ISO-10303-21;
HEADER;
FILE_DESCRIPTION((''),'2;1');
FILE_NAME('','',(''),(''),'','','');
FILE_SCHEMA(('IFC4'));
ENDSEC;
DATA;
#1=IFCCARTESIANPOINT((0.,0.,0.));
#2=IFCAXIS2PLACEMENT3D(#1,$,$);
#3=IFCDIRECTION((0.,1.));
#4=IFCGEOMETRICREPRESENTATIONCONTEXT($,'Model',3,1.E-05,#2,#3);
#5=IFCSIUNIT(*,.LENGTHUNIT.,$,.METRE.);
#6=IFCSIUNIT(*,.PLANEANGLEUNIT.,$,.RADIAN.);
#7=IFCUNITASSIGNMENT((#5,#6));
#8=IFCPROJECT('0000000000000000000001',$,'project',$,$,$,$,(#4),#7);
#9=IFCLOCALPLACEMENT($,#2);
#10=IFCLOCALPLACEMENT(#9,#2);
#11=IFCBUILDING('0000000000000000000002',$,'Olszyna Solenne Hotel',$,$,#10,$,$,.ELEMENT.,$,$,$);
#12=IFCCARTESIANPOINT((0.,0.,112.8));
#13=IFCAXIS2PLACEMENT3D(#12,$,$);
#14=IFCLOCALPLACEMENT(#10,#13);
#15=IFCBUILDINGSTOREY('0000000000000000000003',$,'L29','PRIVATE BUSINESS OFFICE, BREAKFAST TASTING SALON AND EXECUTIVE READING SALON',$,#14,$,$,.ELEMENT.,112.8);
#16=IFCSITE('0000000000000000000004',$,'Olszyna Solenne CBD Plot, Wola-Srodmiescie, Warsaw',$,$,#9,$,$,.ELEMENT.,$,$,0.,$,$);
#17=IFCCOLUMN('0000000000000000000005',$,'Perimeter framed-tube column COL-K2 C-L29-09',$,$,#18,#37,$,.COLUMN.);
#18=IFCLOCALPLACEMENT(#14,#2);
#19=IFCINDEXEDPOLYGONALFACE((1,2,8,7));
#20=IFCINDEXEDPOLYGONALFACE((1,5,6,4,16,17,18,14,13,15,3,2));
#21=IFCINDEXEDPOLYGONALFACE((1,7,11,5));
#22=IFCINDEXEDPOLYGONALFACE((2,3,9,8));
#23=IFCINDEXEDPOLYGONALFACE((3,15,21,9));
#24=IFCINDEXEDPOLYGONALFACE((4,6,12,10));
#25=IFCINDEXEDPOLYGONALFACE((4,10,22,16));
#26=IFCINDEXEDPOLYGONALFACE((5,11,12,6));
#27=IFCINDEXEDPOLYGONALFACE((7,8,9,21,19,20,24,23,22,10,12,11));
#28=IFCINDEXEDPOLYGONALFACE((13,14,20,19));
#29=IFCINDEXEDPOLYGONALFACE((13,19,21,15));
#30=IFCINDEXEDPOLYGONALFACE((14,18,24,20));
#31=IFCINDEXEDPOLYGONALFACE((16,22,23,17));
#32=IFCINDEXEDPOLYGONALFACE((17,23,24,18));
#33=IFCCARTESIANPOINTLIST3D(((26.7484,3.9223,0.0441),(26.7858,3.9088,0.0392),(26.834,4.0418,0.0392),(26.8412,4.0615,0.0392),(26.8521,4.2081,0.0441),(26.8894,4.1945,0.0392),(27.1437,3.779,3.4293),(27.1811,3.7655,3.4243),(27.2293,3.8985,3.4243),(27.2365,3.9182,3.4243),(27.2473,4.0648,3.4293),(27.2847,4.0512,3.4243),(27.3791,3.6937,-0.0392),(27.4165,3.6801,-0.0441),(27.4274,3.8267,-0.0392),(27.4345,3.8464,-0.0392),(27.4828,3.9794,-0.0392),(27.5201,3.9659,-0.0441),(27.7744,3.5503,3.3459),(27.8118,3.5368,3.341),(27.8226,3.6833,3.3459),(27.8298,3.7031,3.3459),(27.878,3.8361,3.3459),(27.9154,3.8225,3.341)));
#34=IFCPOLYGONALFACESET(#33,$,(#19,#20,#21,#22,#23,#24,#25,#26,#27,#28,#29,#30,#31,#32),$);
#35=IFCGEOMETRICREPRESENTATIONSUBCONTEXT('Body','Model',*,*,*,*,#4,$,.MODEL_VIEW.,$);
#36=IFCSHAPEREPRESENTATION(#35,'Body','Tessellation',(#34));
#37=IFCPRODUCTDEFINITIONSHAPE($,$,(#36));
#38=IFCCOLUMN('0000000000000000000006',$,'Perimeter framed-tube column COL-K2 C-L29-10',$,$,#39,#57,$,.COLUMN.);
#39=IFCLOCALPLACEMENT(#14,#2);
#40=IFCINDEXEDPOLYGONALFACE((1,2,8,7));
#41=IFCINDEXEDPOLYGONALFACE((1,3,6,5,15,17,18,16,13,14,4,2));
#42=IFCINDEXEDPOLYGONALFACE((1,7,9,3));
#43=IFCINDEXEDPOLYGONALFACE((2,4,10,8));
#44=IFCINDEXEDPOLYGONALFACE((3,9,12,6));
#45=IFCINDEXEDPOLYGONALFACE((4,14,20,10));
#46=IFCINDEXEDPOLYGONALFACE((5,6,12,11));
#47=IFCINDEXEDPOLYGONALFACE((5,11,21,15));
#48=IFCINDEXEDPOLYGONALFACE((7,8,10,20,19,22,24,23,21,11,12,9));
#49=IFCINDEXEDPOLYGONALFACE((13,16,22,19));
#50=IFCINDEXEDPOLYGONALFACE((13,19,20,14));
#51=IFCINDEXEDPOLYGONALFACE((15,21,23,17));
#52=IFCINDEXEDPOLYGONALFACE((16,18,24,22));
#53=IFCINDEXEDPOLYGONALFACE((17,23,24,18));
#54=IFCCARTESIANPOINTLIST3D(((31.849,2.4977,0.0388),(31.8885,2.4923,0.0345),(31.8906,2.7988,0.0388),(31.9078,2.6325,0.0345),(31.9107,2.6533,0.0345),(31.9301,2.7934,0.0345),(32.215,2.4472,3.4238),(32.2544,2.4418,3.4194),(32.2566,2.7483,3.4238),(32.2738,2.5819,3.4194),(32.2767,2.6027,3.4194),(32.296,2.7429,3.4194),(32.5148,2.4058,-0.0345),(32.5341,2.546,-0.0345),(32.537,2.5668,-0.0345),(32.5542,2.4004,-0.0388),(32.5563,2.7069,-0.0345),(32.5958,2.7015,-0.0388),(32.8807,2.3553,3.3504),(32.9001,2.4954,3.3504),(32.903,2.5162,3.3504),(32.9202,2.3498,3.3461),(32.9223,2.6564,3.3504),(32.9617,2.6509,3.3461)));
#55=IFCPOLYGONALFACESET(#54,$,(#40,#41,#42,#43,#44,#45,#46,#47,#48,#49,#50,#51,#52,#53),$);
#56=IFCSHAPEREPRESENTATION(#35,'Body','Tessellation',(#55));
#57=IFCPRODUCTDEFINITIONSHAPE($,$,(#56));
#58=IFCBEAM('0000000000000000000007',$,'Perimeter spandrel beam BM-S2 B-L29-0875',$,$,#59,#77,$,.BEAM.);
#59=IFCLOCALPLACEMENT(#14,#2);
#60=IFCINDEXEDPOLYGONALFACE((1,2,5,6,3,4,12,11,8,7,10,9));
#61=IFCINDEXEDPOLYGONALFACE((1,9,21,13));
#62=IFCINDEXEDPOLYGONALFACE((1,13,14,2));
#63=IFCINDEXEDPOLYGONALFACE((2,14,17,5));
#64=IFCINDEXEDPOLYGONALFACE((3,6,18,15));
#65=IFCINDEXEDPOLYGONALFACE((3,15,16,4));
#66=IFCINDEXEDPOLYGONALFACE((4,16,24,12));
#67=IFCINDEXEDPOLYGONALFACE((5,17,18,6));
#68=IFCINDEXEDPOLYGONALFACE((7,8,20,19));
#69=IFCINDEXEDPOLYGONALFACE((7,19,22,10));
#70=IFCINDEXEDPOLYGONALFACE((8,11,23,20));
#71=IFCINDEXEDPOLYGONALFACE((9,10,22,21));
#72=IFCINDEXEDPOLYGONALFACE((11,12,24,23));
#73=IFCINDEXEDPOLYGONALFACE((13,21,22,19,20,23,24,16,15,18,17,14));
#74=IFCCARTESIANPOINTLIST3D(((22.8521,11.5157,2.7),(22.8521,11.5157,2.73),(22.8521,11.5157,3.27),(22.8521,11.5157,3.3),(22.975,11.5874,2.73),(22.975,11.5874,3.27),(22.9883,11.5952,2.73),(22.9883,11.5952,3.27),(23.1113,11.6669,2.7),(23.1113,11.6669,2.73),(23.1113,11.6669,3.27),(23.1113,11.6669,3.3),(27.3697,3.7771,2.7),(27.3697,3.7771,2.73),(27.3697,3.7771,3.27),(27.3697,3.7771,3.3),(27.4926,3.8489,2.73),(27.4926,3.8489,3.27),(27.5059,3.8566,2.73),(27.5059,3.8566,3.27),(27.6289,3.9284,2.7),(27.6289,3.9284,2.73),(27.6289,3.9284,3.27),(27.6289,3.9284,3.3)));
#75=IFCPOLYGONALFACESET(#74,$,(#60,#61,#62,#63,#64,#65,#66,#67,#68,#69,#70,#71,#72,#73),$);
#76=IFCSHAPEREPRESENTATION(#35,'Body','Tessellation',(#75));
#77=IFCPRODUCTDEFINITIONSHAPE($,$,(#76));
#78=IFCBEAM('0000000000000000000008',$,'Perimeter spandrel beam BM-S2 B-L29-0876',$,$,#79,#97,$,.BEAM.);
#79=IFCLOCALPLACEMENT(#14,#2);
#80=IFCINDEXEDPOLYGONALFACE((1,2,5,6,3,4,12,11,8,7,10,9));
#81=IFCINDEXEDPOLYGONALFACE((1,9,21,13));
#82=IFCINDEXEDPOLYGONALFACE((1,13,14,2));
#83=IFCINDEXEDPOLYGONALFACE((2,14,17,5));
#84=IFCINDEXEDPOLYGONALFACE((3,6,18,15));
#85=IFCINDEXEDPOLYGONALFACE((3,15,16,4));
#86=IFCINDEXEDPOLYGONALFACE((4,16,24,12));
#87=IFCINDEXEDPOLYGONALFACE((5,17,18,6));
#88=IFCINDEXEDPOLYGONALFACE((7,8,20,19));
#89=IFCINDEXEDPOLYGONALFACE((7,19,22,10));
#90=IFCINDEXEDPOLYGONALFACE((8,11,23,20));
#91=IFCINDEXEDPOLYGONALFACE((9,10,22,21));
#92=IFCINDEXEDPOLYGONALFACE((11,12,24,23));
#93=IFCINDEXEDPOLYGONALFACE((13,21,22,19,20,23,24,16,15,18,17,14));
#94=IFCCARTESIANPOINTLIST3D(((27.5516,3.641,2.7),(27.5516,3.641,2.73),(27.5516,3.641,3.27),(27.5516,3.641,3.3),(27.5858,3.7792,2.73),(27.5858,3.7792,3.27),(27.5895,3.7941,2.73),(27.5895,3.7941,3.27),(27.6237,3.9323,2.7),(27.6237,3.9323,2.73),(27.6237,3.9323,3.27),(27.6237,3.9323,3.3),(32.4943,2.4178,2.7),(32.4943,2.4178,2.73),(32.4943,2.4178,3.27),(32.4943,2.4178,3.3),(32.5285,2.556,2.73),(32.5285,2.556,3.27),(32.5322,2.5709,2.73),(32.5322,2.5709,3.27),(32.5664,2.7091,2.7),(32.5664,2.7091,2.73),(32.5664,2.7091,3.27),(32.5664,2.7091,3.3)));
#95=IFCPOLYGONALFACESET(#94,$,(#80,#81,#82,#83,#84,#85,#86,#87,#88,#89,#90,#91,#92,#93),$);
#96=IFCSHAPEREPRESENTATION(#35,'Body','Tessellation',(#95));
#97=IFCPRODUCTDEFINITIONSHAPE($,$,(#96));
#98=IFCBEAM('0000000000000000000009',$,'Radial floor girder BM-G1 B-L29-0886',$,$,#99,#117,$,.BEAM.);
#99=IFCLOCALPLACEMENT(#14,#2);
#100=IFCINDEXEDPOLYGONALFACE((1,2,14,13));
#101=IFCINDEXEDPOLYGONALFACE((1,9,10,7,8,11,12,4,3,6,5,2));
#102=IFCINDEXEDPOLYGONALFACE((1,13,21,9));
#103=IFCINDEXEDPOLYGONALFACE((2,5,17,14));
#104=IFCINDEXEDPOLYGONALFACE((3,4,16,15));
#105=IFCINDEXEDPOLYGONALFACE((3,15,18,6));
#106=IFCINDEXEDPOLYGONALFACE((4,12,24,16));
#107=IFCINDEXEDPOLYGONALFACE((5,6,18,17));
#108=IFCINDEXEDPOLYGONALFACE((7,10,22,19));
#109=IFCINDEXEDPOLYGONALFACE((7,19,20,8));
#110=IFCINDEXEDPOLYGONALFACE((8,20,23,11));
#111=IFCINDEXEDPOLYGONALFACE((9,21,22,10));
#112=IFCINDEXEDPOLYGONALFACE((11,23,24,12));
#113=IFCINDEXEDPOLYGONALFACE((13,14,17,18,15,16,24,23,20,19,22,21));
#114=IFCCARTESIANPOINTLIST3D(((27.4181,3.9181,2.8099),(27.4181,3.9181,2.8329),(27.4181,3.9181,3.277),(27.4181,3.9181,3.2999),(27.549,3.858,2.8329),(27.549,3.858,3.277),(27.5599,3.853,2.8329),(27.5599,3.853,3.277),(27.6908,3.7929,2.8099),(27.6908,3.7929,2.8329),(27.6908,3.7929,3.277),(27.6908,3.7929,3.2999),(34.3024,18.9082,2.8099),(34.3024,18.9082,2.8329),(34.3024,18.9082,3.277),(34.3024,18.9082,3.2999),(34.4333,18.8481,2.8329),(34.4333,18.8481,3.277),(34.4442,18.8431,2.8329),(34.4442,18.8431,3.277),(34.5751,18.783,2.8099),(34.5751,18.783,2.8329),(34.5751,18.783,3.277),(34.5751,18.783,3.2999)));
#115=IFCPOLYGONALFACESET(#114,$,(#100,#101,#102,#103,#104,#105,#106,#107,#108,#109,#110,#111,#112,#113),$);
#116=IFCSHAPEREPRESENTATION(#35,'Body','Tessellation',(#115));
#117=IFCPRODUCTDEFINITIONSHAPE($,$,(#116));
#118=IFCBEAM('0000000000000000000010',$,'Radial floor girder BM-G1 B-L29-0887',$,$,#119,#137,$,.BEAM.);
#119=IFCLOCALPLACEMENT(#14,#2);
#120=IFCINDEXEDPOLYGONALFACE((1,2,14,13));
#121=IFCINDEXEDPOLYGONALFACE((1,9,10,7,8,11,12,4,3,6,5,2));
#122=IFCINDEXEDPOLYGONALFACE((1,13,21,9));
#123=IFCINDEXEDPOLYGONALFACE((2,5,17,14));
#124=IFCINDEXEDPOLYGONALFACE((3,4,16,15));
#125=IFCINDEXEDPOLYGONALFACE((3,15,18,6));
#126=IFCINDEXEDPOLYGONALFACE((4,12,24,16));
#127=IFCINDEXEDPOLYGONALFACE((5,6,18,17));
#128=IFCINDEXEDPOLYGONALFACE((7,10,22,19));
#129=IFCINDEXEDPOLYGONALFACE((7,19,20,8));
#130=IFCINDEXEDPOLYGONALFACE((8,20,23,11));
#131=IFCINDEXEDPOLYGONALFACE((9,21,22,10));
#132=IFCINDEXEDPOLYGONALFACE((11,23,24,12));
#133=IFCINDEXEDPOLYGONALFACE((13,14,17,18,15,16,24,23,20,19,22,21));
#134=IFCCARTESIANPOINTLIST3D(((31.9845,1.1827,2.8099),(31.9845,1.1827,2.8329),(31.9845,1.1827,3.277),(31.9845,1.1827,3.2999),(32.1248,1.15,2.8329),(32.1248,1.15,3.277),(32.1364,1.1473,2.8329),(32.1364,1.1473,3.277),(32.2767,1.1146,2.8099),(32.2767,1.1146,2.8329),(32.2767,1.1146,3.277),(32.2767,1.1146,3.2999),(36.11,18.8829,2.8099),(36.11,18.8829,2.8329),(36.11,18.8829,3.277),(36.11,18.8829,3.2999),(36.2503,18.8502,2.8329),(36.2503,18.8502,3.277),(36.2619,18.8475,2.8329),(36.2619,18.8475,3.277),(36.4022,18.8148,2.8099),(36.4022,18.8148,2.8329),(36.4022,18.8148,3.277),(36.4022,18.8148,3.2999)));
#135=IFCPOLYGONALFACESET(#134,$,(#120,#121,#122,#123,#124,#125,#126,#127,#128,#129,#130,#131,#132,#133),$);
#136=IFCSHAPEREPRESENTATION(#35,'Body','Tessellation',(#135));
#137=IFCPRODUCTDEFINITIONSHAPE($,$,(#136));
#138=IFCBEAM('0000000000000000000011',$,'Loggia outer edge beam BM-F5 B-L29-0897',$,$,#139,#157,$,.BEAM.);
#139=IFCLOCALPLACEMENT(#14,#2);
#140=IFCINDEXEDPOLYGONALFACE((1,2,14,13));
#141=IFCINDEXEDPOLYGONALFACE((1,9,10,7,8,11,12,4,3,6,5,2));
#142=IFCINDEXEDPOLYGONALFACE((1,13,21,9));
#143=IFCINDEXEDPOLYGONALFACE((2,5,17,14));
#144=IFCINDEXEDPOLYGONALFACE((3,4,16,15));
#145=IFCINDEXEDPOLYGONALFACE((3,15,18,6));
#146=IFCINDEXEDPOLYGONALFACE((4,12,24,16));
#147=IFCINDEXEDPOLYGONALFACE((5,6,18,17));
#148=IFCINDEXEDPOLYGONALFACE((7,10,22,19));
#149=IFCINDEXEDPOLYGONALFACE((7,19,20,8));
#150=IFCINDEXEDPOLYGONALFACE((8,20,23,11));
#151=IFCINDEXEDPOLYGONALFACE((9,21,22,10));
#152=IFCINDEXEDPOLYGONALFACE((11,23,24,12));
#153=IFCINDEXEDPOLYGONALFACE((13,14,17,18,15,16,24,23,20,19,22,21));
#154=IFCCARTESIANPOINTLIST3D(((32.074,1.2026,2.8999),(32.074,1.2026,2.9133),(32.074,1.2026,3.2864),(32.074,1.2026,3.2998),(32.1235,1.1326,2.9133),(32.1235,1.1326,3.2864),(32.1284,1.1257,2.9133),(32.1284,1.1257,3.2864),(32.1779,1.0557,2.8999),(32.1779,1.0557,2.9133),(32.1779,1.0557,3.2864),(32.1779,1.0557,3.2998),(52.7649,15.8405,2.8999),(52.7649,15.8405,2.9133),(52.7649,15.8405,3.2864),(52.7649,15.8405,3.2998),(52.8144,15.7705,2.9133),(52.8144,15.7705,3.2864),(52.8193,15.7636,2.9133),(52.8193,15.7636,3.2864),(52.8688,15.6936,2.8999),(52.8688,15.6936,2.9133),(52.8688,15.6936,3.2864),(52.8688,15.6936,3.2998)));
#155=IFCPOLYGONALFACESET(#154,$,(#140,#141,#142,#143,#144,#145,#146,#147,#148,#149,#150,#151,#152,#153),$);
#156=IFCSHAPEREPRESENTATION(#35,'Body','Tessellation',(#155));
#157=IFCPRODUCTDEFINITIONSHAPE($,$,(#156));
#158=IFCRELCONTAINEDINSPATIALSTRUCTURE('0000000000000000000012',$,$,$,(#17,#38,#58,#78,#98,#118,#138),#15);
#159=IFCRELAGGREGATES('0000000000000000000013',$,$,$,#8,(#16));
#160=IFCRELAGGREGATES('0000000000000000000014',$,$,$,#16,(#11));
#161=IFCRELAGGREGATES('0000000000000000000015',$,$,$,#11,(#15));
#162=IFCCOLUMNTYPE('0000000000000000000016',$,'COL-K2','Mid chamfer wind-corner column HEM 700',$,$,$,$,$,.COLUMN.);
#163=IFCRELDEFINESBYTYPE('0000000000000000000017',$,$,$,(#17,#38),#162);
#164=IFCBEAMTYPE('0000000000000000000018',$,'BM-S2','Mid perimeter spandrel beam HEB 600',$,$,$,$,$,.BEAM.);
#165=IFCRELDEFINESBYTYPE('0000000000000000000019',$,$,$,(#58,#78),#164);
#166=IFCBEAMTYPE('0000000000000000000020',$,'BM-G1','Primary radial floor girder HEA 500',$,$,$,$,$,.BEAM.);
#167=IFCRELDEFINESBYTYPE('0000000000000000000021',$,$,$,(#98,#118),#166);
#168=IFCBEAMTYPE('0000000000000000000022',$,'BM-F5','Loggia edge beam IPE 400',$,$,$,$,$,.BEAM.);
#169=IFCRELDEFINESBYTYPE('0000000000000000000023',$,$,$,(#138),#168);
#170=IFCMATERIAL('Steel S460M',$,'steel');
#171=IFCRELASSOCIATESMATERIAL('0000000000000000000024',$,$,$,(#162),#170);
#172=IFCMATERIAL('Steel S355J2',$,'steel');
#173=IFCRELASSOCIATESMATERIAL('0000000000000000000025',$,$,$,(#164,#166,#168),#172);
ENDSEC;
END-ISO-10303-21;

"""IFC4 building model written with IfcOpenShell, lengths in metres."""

from ifc_helpers import new_model, si_unit, direction, frame, origin, origin_2d, place, context, subcontext, project, spatial, i_section, extrude, source, transform, mapped, material, material_profile, profile_set, type_object, element, save


model = new_model("IFC4")

# Units and contexts
model_context = context("Model", 3, precision=1e-05, world=origin(), true_north=direction((0.0, 1.0)))
body_context = subcontext(model_context, "Body", "Model", "MODEL_VIEW")
ifc_project = project(units=[si_unit("LENGTHUNIT", "METRE"), si_unit("PLANEANGLEUNIT", "RADIAN")], contexts=[model_context])

# Site, building, storey
site_placement = place(None, origin())
site = spatial("IfcSite", under=ifc_project, at=site_placement, Name="Olszyna Solenne CBD Plot, Wola-Srodmiescie, Warsaw", CompositionType="ELEMENT", RefElevation=0.0)
building_placement = place(site_placement, origin())
building = spatial("IfcBuilding", under=site, at=building_placement, Name="Olszyna Solenne Hotel", CompositionType="ELEMENT")
storey_placement = place(building_placement, frame((0.0, 0.0, 112.8)))
storey = spatial("IfcBuildingStorey", under=building, at=storey_placement, Name="L29", Description="PRIVATE BUSINESS OFFICE, BREAKFAST TASTING SALON AND EXECUTIVE READING SALON", CompositionType="ELEMENT", Elevation=112.8)

# Columns
ifc_material_1 = material(Name="Steel S460M", Category="steel")
ifc_material_profile_1 = material_profile(ifc_material_1, i_section(OverallWidth=0.304, OverallDepth=0.7161, WebThickness=0.021, FlangeThickness=0.04, at=origin_2d()), Name="HEM 700", Category="load-bearing")
ifc_profile_set_1 = profile_set([ifc_material_profile_1], Name="Steel S460M")
column_type = type_object("IfcColumnType", Name="COL-K2", Description="Mid chamfer wind-corner column HEM 700", PredefinedType="COLUMN", material=ifc_profile_set_1)
shared_shape_1 = source(origin(), body_context, "Body", "SweptSolid", [
    extrude(i_section(OverallWidth=0.304, OverallDepth=0.7161, WebThickness=0.021, FlangeThickness=0.04, at=origin_2d()), origin(), (0.0, 0.0, 1.0), 3.4111),
])
column_1_placement = place(storey_placement, frame((27.1343, 3.9441, 0.0), z_axis=(0.115878, -0.042014, 0.992374), x_axis=(0.340857, 0.940115, 0.0)))
element("IfcColumn", 1, at=column_1_placement, inside=storey, type_object=column_type, Name="Perimeter framed-tube column COL-K2 C-L29-09", PredefinedType="COLUMN", context=body_context, shape_type="MappedRepresentation", body=[
    mapped(shared_shape_1, transform((0.0, 0.0, 0.0), x_axis=(1.0, 0.0, 0.0), y_axis=(0.0, 1.0, 0.0), z_axis=(0.0, 0.0, 1.0), scale=1.0)),
])
shared_shape_2 = source(origin(), body_context, "Body", "SweptSolid", [
    extrude(i_section(OverallWidth=0.304, OverallDepth=0.7161, WebThickness=0.021, FlangeThickness=0.04, at=origin_2d()), origin(), (0.0, 0.0, 1.0), 3.405),
])
column_2_placement = place(storey_placement, frame((32.2224, 2.5996, 0.0), z_axis=(0.107476, -0.014842, 0.994097), x_axis=(0.136794, 0.9906, 0.0)))
element("IfcColumn", 2, at=column_2_placement, inside=storey, type_object=column_type, Name="Perimeter framed-tube column COL-K2 C-L29-10", PredefinedType="COLUMN", context=body_context, shape_type="MappedRepresentation", body=[
    mapped(shared_shape_2, transform((0.0, 0.0, 0.0), x_axis=(1.0, 0.0, 0.0), y_axis=(0.0, 1.0, 0.0), z_axis=(0.0, 0.0, 1.0), scale=1.0)),
])

# Beams
ifc_material_2 = material(Name="Steel S355J2", Category="steel")
ifc_material_profile_2 = material_profile(ifc_material_2, i_section(OverallWidth=0.3, OverallDepth=0.6001, WebThickness=0.0154, FlangeThickness=0.03, at=origin_2d()), Name="HEB 600", Category="load-bearing")
ifc_profile_set_2 = profile_set([ifc_material_profile_2], Name="Steel S355J2")
beam_type_1 = type_object("IfcBeamType", Name="BM-S2", Description="Mid perimeter spandrel beam HEB 600", PredefinedType="BEAM", material=ifc_profile_set_2)
shared_shape_3 = source(origin(), body_context, "Body", "SweptSolid", [
    extrude(i_section(OverallWidth=0.3, OverallDepth=0.6001, WebThickness=0.0154, FlangeThickness=0.03, at=origin_2d()), origin(), (0.0, 0.0, 1.0), 8.9607),
])
beam_1_placement = place(storey_placement, frame((22.9817, 11.5913, 3.0), z_axis=(0.504157, -0.863612, 0.0), x_axis=(0.863612, 0.504157, 0.0)))
element("IfcBeam", 3, at=beam_1_placement, inside=storey, type_object=beam_type_1, Name="Perimeter spandrel beam BM-S2 B-L29-0875", PredefinedType="BEAM", context=body_context, shape_type="MappedRepresentation", body=[
    mapped(shared_shape_3, transform((0.0, 0.0, 0.0), x_axis=(1.0, 0.0, 0.0), y_axis=(0.0, 1.0, 0.0), z_axis=(0.0, 0.0, 1.0), scale=1.0)),
])
shared_shape_4 = source(origin(), body_context, "Body", "SweptSolid", [
    extrude(i_section(OverallWidth=0.3, OverallDepth=0.6001, WebThickness=0.0154, FlangeThickness=0.03, at=origin_2d()), origin(), (0.0, 0.0, 1.0), 5.0918),
])
beam_2_placement = place(storey_placement, frame((27.5876, 3.7866, 3.0), z_axis=(0.970718, -0.240222, 0.0), x_axis=(0.240222, 0.970718, 0.0)))
element("IfcBeam", 4, at=beam_2_placement, inside=storey, type_object=beam_type_1, Name="Perimeter spandrel beam BM-S2 B-L29-0876", PredefinedType="BEAM", context=body_context, shape_type="MappedRepresentation", body=[
    mapped(shared_shape_4, transform((0.0, 0.0, 0.0), x_axis=(1.0, 0.0, 0.0), y_axis=(0.0, 1.0, 0.0), z_axis=(0.0, 0.0, 1.0), scale=1.0)),
])
ifc_material_profile_3 = material_profile(ifc_material_2, i_section(OverallWidth=0.3, OverallDepth=0.49, WebThickness=0.012, FlangeThickness=0.0229, at=origin_2d()), Name="HEA 500", Category="load-bearing")
ifc_profile_set_3 = profile_set([ifc_material_profile_3], Name="Steel S355J2")
beam_type_2 = type_object("IfcBeamType", Name="BM-G1", Description="Primary radial floor girder HEA 500", PredefinedType="BEAM", material=ifc_profile_set_3)
shared_shape_5 = source(origin(), body_context, "Body", "SweptSolid", [
    extrude(i_section(OverallWidth=0.3, OverallDepth=0.49, WebThickness=0.012, FlangeThickness=0.0229, at=origin_2d()), origin(), (0.0, 0.0, 1.0), 16.4954),
])
beam_3_placement = place(storey_placement, frame((27.5544, 3.8555, 3.0549), z_axis=(0.417349, 0.908746, 0.0), x_axis=(-0.908746, 0.417349, 0.0)))
element("IfcBeam", 5, at=beam_3_placement, inside=storey, type_object=beam_type_2, Name="Radial floor girder BM-G1 B-L29-0886", PredefinedType="BEAM", context=body_context, shape_type="MappedRepresentation", body=[
    mapped(shared_shape_5, transform((0.0, 0.0, 0.0), x_axis=(1.0, 0.0, 0.0), y_axis=(0.0, 1.0, 0.0), z_axis=(0.0, 0.0, 1.0), scale=1.0)),
])
shared_shape_6 = source(origin(), body_context, "Body", "SweptSolid", [
    extrude(i_section(OverallWidth=0.3, OverallDepth=0.49, WebThickness=0.012, FlangeThickness=0.0229, at=origin_2d()), origin(), (0.0, 0.0, 1.0), 18.1746),
])
beam_4_placement = place(storey_placement, frame((32.1306, 1.1487, 3.0549), z_axis=(0.226992, 0.973897, 0.0), x_axis=(-0.973897, 0.226992, 0.0)))
element("IfcBeam", 6, at=beam_4_placement, inside=storey, type_object=beam_type_2, Name="Radial floor girder BM-G1 B-L29-0887", PredefinedType="BEAM", context=body_context, shape_type="MappedRepresentation", body=[
    mapped(shared_shape_6, transform((0.0, 0.0, 0.0), x_axis=(1.0, 0.0, 0.0), y_axis=(0.0, 1.0, 0.0), z_axis=(0.0, 0.0, 1.0), scale=1.0)),
])
ifc_material_profile_4 = material_profile(ifc_material_2, i_section(OverallWidth=0.1799, OverallDepth=0.3999, WebThickness=0.0085, FlangeThickness=0.0134, at=origin_2d()), Name="IPE 400", Category="load-bearing")
ifc_profile_set_4 = profile_set([ifc_material_profile_4], Name="Steel S355J2")
beam_type_3 = type_object("IfcBeamType", Name="BM-F5", Description="Loggia edge beam IPE 400", PredefinedType="BEAM", material=ifc_profile_set_4)
shared_shape_7 = source(origin(), body_context, "Body", "SweptSolid", [
    extrude(i_section(OverallWidth=0.1799, OverallDepth=0.3999, WebThickness=0.0085, FlangeThickness=0.0134, at=origin_2d()), origin(), (0.0, 0.0, 1.0), 25.3452),
])
beam_5_placement = place(storey_placement, frame((32.126, 1.1292, 3.0999), z_axis=(0.816362, 0.577541, 0.0), x_axis=(-0.577541, 0.816362, 0.0)))
element("IfcBeam", 7, at=beam_5_placement, inside=storey, type_object=beam_type_3, Name="Loggia outer edge beam BM-F5 B-L29-0897", PredefinedType="BEAM", context=body_context, shape_type="MappedRepresentation", body=[
    mapped(shared_shape_7, transform((0.0, 0.0, 0.0), x_axis=(1.0, 0.0, 0.0), y_axis=(0.0, 1.0, 0.0), z_axis=(0.0, 0.0, 1.0), scale=1.0)),
])

save(model, "model.ifc")
